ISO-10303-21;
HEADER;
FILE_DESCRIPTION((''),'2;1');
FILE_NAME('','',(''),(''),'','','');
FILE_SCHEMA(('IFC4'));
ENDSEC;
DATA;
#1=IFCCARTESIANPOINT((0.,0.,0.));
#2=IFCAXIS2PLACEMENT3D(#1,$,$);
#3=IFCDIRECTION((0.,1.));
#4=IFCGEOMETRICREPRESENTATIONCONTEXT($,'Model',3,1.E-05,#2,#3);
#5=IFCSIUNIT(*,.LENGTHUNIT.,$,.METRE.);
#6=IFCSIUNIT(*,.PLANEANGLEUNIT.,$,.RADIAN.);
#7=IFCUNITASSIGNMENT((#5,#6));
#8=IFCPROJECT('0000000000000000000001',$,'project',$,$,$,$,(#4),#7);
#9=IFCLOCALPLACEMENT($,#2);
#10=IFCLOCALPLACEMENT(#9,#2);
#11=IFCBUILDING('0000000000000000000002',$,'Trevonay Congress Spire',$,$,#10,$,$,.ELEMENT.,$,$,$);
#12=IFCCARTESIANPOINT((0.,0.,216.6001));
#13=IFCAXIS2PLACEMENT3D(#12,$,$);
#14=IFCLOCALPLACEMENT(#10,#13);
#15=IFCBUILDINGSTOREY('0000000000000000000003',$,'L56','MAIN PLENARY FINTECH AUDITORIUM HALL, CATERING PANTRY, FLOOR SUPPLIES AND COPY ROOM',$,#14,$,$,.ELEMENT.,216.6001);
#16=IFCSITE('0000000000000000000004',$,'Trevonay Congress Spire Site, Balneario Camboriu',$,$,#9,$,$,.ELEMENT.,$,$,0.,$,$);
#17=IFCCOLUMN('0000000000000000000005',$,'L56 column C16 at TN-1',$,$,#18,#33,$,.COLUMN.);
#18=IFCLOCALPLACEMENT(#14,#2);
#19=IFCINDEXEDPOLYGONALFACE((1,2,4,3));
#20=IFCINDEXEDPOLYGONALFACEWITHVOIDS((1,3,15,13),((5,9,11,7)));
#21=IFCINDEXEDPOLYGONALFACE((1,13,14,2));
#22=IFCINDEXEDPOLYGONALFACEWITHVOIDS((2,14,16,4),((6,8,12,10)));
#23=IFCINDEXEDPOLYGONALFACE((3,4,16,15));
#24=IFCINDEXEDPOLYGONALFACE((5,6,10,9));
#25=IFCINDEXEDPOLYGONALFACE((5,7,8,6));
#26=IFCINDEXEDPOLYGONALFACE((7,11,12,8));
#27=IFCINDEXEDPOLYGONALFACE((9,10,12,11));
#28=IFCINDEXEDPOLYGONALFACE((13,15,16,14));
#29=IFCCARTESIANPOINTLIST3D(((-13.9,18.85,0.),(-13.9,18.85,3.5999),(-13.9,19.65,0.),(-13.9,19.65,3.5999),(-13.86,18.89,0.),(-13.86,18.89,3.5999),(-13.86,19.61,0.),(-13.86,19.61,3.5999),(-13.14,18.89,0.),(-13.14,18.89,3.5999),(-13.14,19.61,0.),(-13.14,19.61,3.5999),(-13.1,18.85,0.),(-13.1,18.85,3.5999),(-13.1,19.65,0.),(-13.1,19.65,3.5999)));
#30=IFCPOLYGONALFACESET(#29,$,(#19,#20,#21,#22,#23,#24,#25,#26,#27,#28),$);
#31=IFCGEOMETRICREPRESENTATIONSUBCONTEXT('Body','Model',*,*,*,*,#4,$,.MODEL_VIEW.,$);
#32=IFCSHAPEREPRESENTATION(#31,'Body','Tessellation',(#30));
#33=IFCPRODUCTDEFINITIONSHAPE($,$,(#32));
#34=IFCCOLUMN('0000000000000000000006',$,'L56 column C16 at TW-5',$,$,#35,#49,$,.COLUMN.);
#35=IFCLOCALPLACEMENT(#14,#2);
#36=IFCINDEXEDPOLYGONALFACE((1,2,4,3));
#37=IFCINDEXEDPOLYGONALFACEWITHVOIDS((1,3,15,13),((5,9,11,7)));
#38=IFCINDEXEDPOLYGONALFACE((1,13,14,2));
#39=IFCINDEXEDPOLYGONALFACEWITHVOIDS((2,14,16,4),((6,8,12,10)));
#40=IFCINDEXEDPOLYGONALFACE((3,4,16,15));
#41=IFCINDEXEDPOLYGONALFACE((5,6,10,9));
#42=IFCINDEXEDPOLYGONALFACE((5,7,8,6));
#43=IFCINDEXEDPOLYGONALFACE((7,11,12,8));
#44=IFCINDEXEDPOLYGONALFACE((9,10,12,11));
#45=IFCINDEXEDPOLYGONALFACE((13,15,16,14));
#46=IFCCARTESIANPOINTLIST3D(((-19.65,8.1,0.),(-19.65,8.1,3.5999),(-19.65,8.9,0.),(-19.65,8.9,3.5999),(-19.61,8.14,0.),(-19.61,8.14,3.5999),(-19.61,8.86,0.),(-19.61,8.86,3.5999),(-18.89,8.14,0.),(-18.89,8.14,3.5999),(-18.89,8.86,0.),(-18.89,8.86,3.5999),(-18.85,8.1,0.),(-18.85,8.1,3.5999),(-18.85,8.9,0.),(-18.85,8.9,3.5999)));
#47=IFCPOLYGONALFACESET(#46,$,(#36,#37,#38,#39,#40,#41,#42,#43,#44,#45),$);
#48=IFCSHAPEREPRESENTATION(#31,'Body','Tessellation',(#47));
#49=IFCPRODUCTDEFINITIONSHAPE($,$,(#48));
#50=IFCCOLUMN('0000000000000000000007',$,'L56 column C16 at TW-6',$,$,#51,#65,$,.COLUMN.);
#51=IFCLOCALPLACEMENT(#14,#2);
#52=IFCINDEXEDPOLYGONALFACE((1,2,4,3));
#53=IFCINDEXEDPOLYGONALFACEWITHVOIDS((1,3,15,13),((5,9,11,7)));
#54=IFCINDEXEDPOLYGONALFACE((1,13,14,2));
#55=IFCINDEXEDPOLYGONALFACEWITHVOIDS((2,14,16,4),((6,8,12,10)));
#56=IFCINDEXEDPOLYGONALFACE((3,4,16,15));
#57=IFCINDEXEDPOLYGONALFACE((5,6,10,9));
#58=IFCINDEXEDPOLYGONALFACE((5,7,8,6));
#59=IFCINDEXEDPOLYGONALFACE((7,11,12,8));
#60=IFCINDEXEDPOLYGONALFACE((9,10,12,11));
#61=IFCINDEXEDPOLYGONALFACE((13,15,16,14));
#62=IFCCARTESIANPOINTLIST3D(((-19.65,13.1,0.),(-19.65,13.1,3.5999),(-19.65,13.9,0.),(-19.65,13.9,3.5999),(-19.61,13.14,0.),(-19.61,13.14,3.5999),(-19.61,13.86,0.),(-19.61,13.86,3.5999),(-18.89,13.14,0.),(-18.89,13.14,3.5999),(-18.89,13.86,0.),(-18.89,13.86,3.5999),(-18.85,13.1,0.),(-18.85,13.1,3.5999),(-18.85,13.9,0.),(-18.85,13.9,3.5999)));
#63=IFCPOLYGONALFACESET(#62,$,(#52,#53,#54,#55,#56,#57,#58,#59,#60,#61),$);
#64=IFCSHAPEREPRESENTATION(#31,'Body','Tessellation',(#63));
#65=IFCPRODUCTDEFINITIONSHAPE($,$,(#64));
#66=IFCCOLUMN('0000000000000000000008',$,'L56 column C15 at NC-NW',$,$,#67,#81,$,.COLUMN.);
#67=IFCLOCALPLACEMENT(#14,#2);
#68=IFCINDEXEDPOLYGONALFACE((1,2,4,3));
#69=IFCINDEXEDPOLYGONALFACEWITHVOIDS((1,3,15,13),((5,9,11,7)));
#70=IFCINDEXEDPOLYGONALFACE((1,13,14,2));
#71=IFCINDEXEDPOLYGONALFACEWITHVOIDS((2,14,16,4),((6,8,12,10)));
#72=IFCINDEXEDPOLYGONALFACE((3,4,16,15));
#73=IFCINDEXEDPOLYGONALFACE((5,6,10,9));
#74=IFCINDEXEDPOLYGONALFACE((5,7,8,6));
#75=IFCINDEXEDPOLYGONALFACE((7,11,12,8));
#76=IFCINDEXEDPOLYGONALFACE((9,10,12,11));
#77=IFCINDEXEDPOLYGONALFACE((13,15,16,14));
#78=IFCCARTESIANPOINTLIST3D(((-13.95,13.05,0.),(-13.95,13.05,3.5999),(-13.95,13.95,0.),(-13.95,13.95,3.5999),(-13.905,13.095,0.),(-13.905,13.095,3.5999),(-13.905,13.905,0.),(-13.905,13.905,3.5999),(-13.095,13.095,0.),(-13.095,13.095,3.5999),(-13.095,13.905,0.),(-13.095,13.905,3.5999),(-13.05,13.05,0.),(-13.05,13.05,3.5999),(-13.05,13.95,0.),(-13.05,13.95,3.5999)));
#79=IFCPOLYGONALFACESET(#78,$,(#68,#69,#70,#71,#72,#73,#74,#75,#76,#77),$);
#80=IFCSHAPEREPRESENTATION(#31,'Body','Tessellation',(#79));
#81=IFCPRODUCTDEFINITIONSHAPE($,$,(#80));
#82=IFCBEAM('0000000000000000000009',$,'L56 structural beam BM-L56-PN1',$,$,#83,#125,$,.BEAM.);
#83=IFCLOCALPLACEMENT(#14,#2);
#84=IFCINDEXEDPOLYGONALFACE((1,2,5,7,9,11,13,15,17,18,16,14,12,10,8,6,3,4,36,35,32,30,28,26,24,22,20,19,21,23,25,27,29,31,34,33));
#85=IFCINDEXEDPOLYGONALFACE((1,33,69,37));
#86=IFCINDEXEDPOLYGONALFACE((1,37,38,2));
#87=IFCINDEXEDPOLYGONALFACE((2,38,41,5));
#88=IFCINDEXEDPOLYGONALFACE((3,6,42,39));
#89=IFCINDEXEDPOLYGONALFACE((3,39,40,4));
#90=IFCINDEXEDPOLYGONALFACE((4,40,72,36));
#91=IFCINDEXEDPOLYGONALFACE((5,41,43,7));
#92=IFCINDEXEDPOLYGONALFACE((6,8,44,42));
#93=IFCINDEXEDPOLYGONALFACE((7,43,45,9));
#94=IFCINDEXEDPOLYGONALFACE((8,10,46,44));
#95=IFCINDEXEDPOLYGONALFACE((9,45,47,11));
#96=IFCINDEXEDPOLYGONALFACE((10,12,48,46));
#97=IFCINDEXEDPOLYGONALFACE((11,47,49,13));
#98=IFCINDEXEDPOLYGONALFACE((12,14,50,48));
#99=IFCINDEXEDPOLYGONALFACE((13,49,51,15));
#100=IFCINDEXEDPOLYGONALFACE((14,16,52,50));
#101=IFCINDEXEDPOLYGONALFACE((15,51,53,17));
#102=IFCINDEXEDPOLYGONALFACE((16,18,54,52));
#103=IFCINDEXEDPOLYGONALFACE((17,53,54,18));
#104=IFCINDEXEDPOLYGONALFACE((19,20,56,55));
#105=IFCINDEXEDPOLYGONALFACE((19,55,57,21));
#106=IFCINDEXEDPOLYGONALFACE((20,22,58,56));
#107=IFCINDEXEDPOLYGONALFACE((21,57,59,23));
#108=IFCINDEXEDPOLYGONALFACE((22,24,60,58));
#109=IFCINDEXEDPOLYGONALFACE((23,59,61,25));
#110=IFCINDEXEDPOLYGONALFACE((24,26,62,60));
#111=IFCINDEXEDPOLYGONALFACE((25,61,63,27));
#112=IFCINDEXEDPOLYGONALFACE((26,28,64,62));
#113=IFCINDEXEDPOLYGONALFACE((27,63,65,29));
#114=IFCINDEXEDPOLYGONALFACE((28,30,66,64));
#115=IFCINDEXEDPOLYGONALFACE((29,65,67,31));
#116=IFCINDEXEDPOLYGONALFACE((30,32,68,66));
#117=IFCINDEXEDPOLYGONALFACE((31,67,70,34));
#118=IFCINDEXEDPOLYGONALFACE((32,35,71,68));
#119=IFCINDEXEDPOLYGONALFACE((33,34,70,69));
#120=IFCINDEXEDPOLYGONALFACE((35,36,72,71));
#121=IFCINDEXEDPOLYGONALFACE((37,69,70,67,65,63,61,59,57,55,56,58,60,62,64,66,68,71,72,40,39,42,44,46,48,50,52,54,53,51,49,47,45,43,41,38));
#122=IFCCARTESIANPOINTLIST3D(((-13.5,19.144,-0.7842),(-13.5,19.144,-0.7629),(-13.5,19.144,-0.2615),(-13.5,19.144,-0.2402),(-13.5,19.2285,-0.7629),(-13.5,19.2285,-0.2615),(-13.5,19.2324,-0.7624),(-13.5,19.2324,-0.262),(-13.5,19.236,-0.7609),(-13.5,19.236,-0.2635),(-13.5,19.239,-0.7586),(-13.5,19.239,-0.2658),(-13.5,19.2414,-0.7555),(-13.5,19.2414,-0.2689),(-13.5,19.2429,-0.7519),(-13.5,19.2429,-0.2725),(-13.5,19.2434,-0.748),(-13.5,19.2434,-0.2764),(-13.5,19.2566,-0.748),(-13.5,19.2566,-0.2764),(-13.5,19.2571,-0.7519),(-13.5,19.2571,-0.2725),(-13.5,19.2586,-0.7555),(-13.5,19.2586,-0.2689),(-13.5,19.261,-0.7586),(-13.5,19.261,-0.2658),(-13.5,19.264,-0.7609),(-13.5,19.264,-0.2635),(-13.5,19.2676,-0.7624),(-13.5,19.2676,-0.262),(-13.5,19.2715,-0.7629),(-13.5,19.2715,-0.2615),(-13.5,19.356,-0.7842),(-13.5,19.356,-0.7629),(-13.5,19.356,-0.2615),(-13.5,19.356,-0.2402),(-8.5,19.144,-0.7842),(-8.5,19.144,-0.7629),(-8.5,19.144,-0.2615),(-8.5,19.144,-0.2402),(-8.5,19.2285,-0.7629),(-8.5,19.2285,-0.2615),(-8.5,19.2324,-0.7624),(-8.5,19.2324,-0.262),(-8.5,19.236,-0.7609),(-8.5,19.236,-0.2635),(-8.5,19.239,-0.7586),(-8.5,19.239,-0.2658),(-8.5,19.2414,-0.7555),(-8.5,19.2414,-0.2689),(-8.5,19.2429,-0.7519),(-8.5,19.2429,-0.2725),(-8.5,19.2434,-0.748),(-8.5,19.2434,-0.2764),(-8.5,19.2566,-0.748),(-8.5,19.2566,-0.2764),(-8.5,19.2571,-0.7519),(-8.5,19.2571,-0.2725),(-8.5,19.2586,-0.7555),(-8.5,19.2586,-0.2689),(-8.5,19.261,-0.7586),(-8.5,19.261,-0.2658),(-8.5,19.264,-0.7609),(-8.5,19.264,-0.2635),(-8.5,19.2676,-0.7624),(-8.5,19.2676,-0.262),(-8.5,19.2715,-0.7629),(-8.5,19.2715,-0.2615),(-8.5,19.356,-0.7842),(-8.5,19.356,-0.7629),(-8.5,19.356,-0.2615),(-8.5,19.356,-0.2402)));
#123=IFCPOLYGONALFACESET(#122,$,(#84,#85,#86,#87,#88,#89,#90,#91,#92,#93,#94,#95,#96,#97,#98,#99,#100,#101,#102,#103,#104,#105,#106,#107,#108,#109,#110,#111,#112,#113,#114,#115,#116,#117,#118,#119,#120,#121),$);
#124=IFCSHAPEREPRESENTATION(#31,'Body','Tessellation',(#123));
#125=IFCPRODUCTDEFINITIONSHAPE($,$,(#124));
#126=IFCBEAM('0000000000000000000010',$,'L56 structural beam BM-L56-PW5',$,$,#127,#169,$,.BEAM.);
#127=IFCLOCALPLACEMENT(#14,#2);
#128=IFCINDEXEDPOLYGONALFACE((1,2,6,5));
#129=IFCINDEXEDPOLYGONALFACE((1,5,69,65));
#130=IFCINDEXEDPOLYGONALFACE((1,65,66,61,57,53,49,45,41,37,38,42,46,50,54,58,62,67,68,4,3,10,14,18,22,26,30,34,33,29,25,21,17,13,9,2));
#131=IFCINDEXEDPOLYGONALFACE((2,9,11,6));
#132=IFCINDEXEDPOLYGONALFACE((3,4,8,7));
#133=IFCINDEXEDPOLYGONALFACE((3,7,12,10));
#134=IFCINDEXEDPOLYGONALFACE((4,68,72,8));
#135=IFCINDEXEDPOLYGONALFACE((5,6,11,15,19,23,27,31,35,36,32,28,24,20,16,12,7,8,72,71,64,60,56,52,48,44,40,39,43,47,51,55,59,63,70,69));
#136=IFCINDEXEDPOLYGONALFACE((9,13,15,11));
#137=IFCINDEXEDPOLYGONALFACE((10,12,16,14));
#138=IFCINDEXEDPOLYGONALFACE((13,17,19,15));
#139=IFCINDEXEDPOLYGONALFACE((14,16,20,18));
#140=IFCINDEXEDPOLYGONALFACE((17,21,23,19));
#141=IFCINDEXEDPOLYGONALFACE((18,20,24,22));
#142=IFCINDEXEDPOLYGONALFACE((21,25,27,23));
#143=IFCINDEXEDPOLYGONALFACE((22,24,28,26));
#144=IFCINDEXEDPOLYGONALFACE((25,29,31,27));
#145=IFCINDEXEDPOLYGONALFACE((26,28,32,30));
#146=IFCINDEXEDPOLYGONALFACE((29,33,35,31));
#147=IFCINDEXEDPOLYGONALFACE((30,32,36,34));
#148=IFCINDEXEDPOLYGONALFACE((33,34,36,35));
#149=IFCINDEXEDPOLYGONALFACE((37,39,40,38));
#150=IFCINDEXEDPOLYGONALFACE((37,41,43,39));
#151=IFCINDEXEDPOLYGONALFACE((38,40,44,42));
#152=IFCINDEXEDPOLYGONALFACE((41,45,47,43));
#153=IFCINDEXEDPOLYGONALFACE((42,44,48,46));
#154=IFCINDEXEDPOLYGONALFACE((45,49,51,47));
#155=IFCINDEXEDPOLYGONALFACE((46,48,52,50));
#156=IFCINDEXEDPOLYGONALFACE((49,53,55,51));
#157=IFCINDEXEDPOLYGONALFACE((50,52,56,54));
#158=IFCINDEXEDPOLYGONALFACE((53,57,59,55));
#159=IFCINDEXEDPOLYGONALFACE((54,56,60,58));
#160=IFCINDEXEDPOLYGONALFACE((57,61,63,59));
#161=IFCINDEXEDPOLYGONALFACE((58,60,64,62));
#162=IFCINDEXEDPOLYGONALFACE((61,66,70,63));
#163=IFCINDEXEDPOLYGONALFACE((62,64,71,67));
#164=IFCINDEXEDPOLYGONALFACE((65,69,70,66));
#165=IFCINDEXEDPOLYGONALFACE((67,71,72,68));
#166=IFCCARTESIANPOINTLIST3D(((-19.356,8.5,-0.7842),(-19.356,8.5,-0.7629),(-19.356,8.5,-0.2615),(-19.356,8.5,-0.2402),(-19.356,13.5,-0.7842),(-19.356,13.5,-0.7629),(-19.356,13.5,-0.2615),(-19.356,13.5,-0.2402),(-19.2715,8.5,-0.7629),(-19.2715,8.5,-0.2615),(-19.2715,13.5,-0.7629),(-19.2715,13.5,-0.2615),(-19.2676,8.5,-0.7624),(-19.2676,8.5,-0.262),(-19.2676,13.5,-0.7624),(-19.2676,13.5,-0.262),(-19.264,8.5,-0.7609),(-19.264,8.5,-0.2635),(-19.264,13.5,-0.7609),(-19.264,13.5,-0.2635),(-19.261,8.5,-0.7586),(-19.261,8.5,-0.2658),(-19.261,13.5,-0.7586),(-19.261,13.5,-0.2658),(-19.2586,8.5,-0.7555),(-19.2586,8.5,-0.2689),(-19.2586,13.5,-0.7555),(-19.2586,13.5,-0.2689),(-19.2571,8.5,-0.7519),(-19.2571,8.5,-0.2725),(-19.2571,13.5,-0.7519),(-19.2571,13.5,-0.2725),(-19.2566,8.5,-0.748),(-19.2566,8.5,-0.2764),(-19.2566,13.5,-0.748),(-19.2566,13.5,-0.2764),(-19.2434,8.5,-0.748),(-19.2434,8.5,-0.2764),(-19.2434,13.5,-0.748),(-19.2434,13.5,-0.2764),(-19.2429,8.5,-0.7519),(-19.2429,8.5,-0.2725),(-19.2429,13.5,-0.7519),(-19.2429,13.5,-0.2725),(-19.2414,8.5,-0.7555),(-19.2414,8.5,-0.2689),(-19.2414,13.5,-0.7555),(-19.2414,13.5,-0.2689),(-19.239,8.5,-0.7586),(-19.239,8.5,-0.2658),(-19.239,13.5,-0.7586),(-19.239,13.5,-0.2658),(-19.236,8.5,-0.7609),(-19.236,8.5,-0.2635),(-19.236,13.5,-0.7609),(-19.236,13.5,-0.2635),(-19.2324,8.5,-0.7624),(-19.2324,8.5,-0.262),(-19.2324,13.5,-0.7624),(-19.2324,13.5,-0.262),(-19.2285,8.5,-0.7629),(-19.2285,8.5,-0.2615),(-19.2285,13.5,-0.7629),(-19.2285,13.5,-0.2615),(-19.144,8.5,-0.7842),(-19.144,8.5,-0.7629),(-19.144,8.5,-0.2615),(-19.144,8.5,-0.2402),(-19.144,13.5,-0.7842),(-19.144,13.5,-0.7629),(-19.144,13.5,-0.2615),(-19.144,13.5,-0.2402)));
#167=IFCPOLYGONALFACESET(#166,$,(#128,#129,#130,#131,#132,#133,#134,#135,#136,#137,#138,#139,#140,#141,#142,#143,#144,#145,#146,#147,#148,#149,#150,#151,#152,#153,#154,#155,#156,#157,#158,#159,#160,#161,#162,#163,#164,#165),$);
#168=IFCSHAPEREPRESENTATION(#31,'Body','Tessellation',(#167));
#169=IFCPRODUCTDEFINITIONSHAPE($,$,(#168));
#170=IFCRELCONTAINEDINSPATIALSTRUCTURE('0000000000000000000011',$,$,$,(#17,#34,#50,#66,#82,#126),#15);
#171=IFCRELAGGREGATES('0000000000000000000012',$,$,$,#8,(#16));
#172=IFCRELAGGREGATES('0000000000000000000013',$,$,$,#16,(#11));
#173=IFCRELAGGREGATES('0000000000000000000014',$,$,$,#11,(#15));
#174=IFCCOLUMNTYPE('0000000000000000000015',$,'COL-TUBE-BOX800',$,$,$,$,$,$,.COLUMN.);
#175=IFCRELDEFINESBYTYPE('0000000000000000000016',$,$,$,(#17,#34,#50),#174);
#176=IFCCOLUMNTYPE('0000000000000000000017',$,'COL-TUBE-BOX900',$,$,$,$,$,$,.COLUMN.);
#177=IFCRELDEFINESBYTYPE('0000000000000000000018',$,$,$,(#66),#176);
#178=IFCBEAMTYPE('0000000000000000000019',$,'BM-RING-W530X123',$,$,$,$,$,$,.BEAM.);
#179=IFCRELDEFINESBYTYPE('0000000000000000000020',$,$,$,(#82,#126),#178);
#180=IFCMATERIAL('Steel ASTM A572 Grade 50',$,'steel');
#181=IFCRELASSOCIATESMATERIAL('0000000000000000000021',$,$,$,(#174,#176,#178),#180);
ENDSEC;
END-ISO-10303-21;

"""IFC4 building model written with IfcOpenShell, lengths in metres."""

from ifc_helpers import new_model, si_unit, direction, frame, origin, origin_2d, place, context, subcontext, project, spatial, hollow_rectangle, i_section, extrude, material, material_profile, profile_set, type_object, element, save


model = new_model("IFC4")

# Units and contexts
model_context = context("Model", 3, precision=1e-05, world=origin(), true_north=direction((0.0, 1.0)))
body_context = subcontext(model_context, "Body", "Model", "MODEL_VIEW")
ifc_project = project(units=[si_unit("LENGTHUNIT", "METRE"), si_unit("PLANEANGLEUNIT", "RADIAN")], contexts=[model_context])

# Site, building, storey
site_placement = place(None, origin())
site = spatial("IfcSite", under=ifc_project, at=site_placement, Name="Trevonay Congress Spire Site, Balneario Camboriu", CompositionType="ELEMENT", RefElevation=0.0)
building_placement = place(site_placement, origin())
building = spatial("IfcBuilding", under=site, at=building_placement, Name="Trevonay Congress Spire", CompositionType="ELEMENT")
storey_placement = place(building_placement, frame((0.0, 0.0, 216.6001)))
storey = spatial("IfcBuildingStorey", under=building, at=storey_placement, Name="L56", Description="MAIN PLENARY FINTECH AUDITORIUM HALL, CATERING PANTRY, FLOOR SUPPLIES AND COPY ROOM", CompositionType="ELEMENT", Elevation=216.6001)

# Columns
ifc_material_1 = material(Name="Steel ASTM A572 Grade 50", Category="steel")
ifc_material_profile_1 = material_profile(ifc_material_1, hollow_rectangle(XDim=0.8, YDim=0.8, WallThickness=0.04, at=origin_2d()), Name="BOX 800x800x40")
ifc_profile_set_1 = profile_set([ifc_material_profile_1], Name="Steel ASTM A572 Grade 50")
column_type_1 = type_object("IfcColumnType", Name="COL-TUBE-BOX800", PredefinedType="COLUMN", material=ifc_profile_set_1)
for number, where, z_axis, x_axis, name in (
    (1, (-13.5, 19.25, 0.0), (0.0, 0.0, 1.0), (1.0, 0.0, 0.0), "L56 column C16 at TN-1"),
    (2, (-19.25, 8.5, 0.0), (0.0, 0.0, 1.0), (1.0, 0.0, 0.0), "L56 column C16 at TW-5"),
    (3, (-19.25, 13.5, 0.0), (0.0, 0.0, 1.0), (1.0, 0.0, 0.0), "L56 column C16 at TW-6"),
):
    element("IfcColumn", number, at=place(storey_placement, frame(where, z_axis=z_axis, x_axis=x_axis)), inside=storey, type_object=column_type_1, Name=name, PredefinedType="COLUMN", context=body_context, shape_type="SweptSolid", body=[
        extrude(hollow_rectangle(XDim=0.8, YDim=0.8, WallThickness=0.04, at=origin_2d()), origin(), (0.0, 0.0, 1.0), 3.5999),
    ])
ifc_material_profile_2 = material_profile(ifc_material_1, hollow_rectangle(XDim=0.8999, YDim=0.8999, WallThickness=0.0449, at=origin_2d()), Name="BOX 900x900x45")
ifc_profile_set_2 = profile_set([ifc_material_profile_2], Name="Steel ASTM A572 Grade 50")
column_type_2 = type_object("IfcColumnType", Name="COL-TUBE-BOX900", PredefinedType="COLUMN", material=ifc_profile_set_2)
column_placement = place(storey_placement, frame((-13.5, 13.5, 0.0), z_axis=(0.0, 0.0, 1.0), x_axis=(1.0, 0.0, 0.0)))
element("IfcColumn", 4, at=column_placement, inside=storey, type_object=column_type_2, Name="L56 column C15 at NC-NW", PredefinedType="COLUMN", context=body_context, shape_type="SweptSolid", body=[
    extrude(hollow_rectangle(XDim=0.8999, YDim=0.8999, WallThickness=0.0449, at=origin_2d()), origin(), (0.0, 0.0, 1.0), 3.5999),
])

# Beams
ifc_material_profile_3 = material_profile(ifc_material_1, i_section(OverallWidth=0.2119, OverallDepth=0.5439, WebThickness=0.0132, FlangeThickness=0.0212, FilletRadius=0.0149, at=origin_2d()), Name="W530x123")
ifc_profile_set_3 = profile_set([ifc_material_profile_3], Name="Steel ASTM A572 Grade 50")
beam_type_1 = type_object("IfcBeamType", Name="BM-RING-W530X123", PredefinedType="BEAM", material=ifc_profile_set_3)
for number, where, z_axis, x_axis, name in (
    (5, (-13.5, 19.25, -0.5122), (1.0, 0.0, 0.0), (0.0, 1.0, 0.0), "L56 structural beam BM-L56-PN1"),
    (6, (-19.25, 8.5, -0.5122), (0.0, 1.0, 0.0), (-1.0, 0.0, 0.0), "L56 structural beam BM-L56-PW5"),
):
    element("IfcBeam", number, at=place(storey_placement, frame(where, z_axis=z_axis, x_axis=x_axis)), inside=storey, type_object=beam_type_1, Name=name, PredefinedType="BEAM", context=body_context, shape_type="SweptSolid", body=[
        extrude(i_section(OverallWidth=0.2119, OverallDepth=0.5439, WebThickness=0.0132, FlangeThickness=0.0212, FilletRadius=0.0149, at=origin_2d()), origin(), (0.0, 0.0, 1.0), 5.0),
    ])

save(model, "model.ifc")
